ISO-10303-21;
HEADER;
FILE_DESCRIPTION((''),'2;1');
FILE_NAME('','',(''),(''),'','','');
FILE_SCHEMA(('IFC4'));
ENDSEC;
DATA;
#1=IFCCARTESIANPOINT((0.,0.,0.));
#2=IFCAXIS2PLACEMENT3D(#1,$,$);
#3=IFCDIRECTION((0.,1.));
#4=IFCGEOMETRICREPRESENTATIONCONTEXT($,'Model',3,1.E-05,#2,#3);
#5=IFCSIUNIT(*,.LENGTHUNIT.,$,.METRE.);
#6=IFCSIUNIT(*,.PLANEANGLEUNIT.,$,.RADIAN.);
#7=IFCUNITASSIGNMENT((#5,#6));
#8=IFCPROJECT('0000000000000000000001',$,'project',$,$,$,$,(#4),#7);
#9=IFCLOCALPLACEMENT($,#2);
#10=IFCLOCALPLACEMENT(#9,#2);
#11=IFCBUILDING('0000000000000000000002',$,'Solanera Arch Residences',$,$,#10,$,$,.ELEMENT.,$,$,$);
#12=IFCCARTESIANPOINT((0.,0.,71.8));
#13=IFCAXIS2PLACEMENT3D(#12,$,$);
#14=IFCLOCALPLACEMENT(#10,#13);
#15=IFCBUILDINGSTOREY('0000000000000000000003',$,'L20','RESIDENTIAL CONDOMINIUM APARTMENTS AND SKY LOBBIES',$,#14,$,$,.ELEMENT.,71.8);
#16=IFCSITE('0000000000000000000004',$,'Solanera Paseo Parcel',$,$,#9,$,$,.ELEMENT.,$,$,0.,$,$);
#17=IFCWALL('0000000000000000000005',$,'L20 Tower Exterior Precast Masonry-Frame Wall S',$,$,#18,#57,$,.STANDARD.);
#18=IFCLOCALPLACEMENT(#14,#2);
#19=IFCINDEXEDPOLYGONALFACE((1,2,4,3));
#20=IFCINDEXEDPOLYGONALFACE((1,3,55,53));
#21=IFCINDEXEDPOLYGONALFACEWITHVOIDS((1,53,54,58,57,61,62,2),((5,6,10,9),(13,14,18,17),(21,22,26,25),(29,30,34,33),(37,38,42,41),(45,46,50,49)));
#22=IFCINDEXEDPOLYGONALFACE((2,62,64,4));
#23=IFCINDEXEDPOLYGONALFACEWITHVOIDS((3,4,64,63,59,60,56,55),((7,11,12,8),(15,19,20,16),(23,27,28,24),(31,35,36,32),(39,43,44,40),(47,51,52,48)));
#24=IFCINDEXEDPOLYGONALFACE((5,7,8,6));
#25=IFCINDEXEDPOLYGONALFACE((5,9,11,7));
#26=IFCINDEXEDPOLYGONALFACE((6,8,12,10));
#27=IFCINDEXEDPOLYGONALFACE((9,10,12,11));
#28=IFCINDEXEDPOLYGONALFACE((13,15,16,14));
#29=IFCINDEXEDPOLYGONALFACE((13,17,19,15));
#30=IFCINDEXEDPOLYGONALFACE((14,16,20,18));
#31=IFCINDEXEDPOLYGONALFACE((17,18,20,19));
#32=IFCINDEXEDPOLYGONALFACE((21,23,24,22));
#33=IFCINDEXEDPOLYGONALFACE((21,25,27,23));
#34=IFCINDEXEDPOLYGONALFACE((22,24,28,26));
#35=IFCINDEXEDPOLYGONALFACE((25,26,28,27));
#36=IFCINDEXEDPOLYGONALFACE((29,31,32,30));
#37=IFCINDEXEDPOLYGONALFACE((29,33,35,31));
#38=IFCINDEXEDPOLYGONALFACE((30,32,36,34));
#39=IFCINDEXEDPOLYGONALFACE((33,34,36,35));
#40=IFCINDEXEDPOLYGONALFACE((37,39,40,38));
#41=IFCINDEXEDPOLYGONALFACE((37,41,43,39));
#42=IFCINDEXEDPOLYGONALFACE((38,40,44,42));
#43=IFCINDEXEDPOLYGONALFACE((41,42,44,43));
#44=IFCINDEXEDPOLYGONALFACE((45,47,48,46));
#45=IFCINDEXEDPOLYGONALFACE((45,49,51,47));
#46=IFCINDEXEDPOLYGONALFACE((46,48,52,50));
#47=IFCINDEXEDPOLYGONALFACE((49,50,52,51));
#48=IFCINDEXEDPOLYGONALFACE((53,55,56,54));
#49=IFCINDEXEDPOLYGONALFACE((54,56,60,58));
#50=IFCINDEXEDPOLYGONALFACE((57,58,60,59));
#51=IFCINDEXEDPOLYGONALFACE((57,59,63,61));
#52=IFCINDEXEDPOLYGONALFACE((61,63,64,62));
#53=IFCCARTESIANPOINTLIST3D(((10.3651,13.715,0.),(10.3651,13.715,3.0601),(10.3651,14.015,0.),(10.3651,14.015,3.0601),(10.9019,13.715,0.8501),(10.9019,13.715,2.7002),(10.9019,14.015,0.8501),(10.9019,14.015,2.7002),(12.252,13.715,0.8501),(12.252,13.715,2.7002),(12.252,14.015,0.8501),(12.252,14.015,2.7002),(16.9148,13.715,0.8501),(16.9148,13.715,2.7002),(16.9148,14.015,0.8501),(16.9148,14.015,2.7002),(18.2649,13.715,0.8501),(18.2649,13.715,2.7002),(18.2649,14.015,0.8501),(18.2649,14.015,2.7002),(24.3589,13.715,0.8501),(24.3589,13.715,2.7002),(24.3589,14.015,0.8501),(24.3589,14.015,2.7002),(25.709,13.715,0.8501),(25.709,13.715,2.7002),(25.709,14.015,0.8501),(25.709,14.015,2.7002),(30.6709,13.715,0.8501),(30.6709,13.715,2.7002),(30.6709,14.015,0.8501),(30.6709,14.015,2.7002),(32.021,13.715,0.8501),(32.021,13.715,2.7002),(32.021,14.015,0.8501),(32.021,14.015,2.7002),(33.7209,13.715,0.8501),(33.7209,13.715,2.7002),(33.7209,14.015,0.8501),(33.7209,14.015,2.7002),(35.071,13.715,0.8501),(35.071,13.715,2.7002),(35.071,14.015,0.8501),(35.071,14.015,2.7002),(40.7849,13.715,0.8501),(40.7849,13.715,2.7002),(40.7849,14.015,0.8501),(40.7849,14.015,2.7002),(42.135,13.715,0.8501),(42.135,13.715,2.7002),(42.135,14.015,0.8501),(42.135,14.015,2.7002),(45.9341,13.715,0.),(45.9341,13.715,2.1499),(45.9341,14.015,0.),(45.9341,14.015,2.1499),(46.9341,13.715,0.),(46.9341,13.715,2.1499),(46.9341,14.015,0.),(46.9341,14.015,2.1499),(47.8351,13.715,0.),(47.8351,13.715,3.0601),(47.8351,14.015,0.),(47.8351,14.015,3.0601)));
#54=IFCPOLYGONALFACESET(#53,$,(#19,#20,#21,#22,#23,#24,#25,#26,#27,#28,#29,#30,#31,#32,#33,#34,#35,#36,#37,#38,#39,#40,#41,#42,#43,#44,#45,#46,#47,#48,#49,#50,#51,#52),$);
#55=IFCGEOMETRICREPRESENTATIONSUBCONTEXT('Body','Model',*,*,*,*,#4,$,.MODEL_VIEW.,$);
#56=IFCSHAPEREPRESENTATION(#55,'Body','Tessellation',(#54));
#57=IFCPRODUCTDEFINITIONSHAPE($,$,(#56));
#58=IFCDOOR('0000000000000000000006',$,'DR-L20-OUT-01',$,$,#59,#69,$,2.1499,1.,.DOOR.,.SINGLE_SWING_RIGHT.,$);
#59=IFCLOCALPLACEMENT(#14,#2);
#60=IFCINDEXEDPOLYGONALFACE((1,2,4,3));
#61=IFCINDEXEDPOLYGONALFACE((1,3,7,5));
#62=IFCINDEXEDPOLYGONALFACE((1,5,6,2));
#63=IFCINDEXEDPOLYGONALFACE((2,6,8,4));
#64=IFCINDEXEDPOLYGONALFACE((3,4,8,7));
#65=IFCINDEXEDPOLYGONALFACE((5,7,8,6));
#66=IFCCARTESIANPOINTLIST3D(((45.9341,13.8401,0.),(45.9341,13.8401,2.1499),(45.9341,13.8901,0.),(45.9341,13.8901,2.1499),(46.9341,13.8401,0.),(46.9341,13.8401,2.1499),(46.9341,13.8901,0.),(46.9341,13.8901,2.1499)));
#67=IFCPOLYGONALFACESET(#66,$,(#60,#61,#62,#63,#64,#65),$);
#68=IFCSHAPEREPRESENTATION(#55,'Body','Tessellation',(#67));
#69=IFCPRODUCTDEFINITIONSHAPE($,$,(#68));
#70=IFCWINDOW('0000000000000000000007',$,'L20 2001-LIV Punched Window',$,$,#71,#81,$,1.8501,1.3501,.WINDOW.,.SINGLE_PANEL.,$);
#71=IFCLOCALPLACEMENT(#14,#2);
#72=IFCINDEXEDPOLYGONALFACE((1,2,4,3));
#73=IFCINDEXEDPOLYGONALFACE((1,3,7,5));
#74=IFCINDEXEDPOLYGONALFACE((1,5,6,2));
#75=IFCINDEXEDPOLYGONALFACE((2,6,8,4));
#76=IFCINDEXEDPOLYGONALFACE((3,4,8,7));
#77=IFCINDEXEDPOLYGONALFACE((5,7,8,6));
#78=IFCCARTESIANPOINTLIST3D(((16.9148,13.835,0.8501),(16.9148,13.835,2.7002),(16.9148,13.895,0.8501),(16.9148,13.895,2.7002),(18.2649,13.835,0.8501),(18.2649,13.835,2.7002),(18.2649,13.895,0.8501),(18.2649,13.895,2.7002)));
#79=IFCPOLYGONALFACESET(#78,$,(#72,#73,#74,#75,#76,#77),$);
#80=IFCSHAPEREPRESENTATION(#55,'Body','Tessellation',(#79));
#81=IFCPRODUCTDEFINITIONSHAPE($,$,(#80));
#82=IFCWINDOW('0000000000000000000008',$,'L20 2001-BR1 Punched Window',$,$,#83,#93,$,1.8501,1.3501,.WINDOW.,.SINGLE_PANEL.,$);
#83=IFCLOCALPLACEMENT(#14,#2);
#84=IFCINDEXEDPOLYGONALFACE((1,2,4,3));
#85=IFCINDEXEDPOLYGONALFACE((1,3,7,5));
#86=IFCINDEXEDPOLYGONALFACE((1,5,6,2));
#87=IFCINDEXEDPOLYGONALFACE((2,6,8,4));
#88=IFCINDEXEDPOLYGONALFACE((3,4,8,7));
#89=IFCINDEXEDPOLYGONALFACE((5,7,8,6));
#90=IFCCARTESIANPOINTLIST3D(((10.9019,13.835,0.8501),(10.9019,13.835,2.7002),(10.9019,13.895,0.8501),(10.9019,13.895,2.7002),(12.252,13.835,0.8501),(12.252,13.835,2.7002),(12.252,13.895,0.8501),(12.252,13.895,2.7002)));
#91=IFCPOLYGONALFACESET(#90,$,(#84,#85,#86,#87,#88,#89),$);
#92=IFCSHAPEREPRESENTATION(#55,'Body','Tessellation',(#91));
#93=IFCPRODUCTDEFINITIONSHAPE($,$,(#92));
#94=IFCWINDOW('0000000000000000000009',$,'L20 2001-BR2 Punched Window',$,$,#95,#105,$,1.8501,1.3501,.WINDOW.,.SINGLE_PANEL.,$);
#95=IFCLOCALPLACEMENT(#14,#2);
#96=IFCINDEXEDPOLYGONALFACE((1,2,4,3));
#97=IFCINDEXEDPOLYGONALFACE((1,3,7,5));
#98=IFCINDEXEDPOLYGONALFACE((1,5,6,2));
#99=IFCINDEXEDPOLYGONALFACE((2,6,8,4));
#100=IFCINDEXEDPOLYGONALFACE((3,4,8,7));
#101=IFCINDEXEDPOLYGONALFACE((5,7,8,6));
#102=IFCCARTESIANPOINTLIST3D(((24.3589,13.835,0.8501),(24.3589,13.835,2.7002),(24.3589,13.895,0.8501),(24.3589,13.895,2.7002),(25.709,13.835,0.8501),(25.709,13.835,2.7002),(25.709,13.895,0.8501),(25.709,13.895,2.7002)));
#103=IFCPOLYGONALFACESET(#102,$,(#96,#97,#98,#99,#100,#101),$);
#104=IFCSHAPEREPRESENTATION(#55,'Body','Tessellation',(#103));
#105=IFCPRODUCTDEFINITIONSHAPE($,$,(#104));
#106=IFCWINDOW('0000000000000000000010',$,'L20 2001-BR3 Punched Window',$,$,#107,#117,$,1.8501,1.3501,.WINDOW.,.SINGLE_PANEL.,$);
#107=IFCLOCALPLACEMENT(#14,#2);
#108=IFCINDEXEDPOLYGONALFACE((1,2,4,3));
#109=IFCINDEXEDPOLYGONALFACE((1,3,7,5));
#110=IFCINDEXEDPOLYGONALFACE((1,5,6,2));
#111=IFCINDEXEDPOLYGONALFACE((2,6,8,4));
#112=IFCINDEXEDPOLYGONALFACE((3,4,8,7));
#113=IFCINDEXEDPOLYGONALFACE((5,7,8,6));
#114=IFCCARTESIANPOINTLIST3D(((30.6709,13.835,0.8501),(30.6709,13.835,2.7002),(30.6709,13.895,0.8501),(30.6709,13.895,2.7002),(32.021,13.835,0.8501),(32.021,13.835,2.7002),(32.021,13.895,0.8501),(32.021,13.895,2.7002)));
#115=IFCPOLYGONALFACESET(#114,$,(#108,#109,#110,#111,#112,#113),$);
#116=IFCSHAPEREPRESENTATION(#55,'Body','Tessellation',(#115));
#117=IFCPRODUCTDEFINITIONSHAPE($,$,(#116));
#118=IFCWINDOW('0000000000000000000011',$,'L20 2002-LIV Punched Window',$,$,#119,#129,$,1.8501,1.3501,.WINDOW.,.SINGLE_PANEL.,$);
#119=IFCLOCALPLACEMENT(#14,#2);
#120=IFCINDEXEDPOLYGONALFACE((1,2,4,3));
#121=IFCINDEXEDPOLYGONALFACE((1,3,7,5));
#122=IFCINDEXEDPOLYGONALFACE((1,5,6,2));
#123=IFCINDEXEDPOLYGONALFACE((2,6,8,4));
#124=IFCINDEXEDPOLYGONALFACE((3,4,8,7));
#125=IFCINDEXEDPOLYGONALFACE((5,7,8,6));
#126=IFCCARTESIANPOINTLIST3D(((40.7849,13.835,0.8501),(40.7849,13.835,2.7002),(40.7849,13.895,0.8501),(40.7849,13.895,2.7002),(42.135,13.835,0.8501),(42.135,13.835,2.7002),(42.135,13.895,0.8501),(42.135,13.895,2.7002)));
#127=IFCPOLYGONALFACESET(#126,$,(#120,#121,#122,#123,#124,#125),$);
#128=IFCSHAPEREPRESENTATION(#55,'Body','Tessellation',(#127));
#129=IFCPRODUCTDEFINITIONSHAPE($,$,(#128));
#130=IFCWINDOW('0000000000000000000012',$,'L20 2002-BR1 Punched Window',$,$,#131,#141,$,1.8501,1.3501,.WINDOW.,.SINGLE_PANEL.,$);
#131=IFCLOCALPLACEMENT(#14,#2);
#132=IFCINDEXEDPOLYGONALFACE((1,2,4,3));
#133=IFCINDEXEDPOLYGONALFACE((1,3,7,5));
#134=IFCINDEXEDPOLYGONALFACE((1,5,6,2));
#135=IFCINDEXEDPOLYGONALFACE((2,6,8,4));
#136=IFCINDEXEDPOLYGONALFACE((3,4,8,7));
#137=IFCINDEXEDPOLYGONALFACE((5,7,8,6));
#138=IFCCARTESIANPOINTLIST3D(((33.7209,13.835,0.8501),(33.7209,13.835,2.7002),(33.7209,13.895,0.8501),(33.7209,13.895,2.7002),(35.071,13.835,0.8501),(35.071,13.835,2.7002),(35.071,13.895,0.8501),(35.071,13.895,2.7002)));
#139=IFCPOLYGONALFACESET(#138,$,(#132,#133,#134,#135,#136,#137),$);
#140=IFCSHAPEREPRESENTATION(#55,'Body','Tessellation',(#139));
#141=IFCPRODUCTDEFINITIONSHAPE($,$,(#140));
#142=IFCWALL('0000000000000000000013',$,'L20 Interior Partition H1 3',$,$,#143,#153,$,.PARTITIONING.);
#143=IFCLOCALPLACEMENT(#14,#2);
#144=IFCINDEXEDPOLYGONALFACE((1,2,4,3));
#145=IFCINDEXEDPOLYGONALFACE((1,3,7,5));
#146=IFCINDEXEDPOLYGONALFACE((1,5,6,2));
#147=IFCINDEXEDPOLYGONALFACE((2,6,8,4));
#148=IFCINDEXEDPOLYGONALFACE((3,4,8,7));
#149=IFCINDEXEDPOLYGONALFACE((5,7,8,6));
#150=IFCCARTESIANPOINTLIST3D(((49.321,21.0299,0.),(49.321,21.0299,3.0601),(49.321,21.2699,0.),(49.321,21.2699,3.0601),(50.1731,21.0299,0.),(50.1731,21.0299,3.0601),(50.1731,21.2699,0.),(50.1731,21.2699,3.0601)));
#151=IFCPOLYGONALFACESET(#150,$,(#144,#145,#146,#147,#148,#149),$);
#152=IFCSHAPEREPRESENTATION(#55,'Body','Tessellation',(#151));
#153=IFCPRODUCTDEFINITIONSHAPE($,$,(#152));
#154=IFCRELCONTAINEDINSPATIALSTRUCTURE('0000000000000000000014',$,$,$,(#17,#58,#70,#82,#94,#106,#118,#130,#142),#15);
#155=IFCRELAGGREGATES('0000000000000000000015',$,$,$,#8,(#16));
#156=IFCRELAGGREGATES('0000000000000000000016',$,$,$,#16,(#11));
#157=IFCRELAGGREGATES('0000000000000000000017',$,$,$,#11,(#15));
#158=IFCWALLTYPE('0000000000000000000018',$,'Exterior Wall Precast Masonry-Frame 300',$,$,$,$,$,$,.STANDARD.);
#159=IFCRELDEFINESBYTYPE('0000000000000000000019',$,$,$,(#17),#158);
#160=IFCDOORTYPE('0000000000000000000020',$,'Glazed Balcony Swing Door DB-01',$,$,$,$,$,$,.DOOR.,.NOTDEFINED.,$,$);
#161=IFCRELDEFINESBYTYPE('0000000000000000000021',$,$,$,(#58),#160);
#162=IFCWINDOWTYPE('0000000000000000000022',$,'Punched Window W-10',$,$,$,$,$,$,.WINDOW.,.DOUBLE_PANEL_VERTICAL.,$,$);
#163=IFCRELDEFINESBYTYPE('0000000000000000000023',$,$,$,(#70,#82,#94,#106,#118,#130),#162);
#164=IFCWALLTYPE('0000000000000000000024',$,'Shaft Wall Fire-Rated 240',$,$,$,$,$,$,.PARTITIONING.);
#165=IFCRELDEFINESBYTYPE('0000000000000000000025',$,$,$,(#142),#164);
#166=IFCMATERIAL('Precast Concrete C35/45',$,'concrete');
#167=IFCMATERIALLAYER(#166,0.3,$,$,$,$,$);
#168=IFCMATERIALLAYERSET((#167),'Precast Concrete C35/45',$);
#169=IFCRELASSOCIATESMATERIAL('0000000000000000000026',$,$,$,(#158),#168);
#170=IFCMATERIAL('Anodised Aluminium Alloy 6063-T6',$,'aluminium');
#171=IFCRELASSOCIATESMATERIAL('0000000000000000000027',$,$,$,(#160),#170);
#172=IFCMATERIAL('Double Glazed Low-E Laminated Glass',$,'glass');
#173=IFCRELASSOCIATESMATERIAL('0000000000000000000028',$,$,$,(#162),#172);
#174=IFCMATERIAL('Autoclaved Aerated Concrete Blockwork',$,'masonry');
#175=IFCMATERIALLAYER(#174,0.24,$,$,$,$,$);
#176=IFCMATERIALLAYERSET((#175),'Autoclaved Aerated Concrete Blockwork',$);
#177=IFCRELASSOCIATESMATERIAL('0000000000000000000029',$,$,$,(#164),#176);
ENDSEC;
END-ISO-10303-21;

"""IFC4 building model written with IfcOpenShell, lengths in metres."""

from ifc_helpers import new_model, si_unit, direction, frame, frame_2d, origin, place, context, subcontext, project, spatial, rectangle, extrude, material, layer, layer_set, type_object, element, fill, save


model = new_model("IFC4")

# Units and contexts
model_context = context("Model", 3, precision=1e-05, world=origin(), true_north=direction((0.0, 1.0)))
body_context = subcontext(model_context, "Body", "Model", "MODEL_VIEW")
ifc_project = project(units=[si_unit("LENGTHUNIT", "METRE"), si_unit("PLANEANGLEUNIT", "RADIAN")], contexts=[model_context])

# Site, building, storey
site_placement = place(None, origin())
site = spatial("IfcSite", under=ifc_project, at=site_placement, Name="Solanera Paseo Parcel", CompositionType="ELEMENT", RefElevation=0.0)
building_placement = place(site_placement, origin())
building = spatial("IfcBuilding", under=site, at=building_placement, Name="Solanera Arch Residences", CompositionType="ELEMENT")
storey_placement = place(building_placement, frame((0.0, 0.0, 71.8)))
storey = spatial("IfcBuildingStorey", under=building, at=storey_placement, Name="L20", Description="RESIDENTIAL CONDOMINIUM APARTMENTS AND SKY LOBBIES", CompositionType="ELEMENT", Elevation=71.8)

# Shared definitions
ifc_material_1 = material(Name="Precast Concrete C35/45", Category="concrete")
ifc_layer_1 = layer(ifc_material_1, 0.3)
ifc_layer_set_1 = layer_set([ifc_layer_1], Name="Precast Concrete C35/45")
wall_type_1 = type_object("IfcWallType", Name="Exterior Wall Precast Masonry-Frame 300", PredefinedType="STANDARD", material=ifc_layer_set_1)

# Wall, openings, door, windows
wall_1_placement = place(storey_placement, frame((47.835, 13.865, 0.0), z_axis=(0.0, 0.0, 1.0), x_axis=(-1.0, 0.0, 0.0)))
wall_1 = element("IfcWall", 1, at=wall_1_placement, inside=storey, type_object=wall_type_1, Name="L20 Tower Exterior Precast Masonry-Frame Wall S", PredefinedType="STANDARD", context=body_context, shape_type="SweptSolid", body=[
    extrude(rectangle(XDim=37.47, YDim=0.3, at=frame_2d((18.7349, 0.0))), origin(), (0.0, 0.0, 1.0), 3.0601),
])
opening_1_placement = place(wall_1_placement, frame((0.9009, 0.0, 0.0)))
opening_1 = element("IfcOpeningElement", 2, at=opening_1_placement, cuts=wall_1, PredefinedType="OPENING", context=body_context, shape_type="SweptSolid", body=[
    extrude(rectangle(XDim=1.0, YDim=2.1499, at=frame_2d((0.5, 1.075))), frame((0.0, 0.1599, 0.0), z_axis=(0.0, -1.0, 0.0), x_axis=(1.0, 0.0, 0.0)), (0.0, 0.0, 1.0), 0.32),
])
opening_2_placement = place(wall_1_placement, frame((29.5701, 0.0, 0.8501)))
opening_2 = element("IfcOpeningElement", 3, at=opening_2_placement, cuts=wall_1, PredefinedType="OPENING", context=body_context, shape_type="SweptSolid", body=[
    extrude(rectangle(XDim=1.3501, YDim=1.8501, at=frame_2d((0.675, 0.925))), frame((0.0, 0.1599, 0.0), z_axis=(0.0, -1.0, 0.0), x_axis=(1.0, 0.0, 0.0)), (0.0, 0.0, 1.0), 0.32),
])
opening_3_placement = place(wall_1_placement, frame((35.583, 0.0, 0.8501)))
opening_3 = element("IfcOpeningElement", 4, at=opening_3_placement, cuts=wall_1, PredefinedType="OPENING", context=body_context, shape_type="SweptSolid", body=[
    extrude(rectangle(XDim=1.3501, YDim=1.8501, at=frame_2d((0.675, 0.925))), frame((0.0, 0.1599, 0.0), z_axis=(0.0, -1.0, 0.0), x_axis=(1.0, 0.0, 0.0)), (0.0, 0.0, 1.0), 0.32),
])
opening_4_placement = place(wall_1_placement, frame((22.126, 0.0, 0.8501)))
opening_4 = element("IfcOpeningElement", 5, at=opening_4_placement, cuts=wall_1, PredefinedType="OPENING", context=body_context, shape_type="SweptSolid", body=[
    extrude(rectangle(XDim=1.3501, YDim=1.8501, at=frame_2d((0.675, 0.925))), frame((0.0, 0.1599, 0.0), z_axis=(0.0, -1.0, 0.0), x_axis=(1.0, 0.0, 0.0)), (0.0, 0.0, 1.0), 0.32),
])
opening_5_placement = place(wall_1_placement, frame((15.814, 0.0, 0.8501)))
opening_5 = element("IfcOpeningElement", 6, at=opening_5_placement, cuts=wall_1, PredefinedType="OPENING", context=body_context, shape_type="SweptSolid", body=[
    extrude(rectangle(XDim=1.3501, YDim=1.8501, at=frame_2d((0.675, 0.925))), frame((0.0, 0.1599, 0.0), z_axis=(0.0, -1.0, 0.0), x_axis=(1.0, 0.0, 0.0)), (0.0, 0.0, 1.0), 0.32),
])
opening_6_placement = place(wall_1_placement, frame((5.7, 0.0, 0.8501)))
opening_6 = element("IfcOpeningElement", 7, at=opening_6_placement, cuts=wall_1, PredefinedType="OPENING", context=body_context, shape_type="SweptSolid", body=[
    extrude(rectangle(XDim=1.3501, YDim=1.8501, at=frame_2d((0.675, 0.925))), frame((0.0, 0.1599, 0.0), z_axis=(0.0, -1.0, 0.0), x_axis=(1.0, 0.0, 0.0)), (0.0, 0.0, 1.0), 0.32),
])
opening_7_placement = place(wall_1_placement, frame((12.7639, 0.0, 0.8501)))
opening_7 = element("IfcOpeningElement", 8, at=opening_7_placement, cuts=wall_1, PredefinedType="OPENING", context=body_context, shape_type="SweptSolid", body=[
    extrude(rectangle(XDim=1.3501, YDim=1.8501, at=frame_2d((0.675, 0.925))), frame((0.0, 0.1599, 0.0), z_axis=(0.0, -1.0, 0.0), x_axis=(1.0, 0.0, 0.0)), (0.0, 0.0, 1.0), 0.32),
])
ifc_material_2 = material(Name="Anodised Aluminium Alloy 6063-T6", Category="aluminium")
door_type_1 = type_object("IfcDoorType", Name="Glazed Balcony Swing Door DB-01", OperationType="NOTDEFINED", PredefinedType="DOOR", material=ifc_material_2)
door_1_placement = place(opening_1_placement, origin())
door_1 = element("IfcDoor", 9, at=door_1_placement, inside=storey, type_object=door_type_1, Name="DR-L20-OUT-01", OperationType="SINGLE_SWING_RIGHT", OverallHeight=2.1499, OverallWidth=1.0, PredefinedType="DOOR", context=body_context, shape_type="SweptSolid", body=[
    extrude(rectangle(XDim=1.0, YDim=2.1499, at=frame_2d((0.5, 1.075))), frame((0.0, 0.0249, 0.0), z_axis=(0.0, -1.0, 0.0), x_axis=(1.0, 0.0, 0.0)), (0.0, 0.0, 1.0), 0.05),
])
fill(opening_1, door_1)
ifc_material_3 = material(Name="Double Glazed Low-E Laminated Glass", Category="glass")
window_type_1 = type_object("IfcWindowType", Name="Punched Window W-10", PartitioningType="DOUBLE_PANEL_VERTICAL", PredefinedType="WINDOW", material=ifc_material_3)
window_1_placement = place(opening_2_placement, origin())
window_1 = element("IfcWindow", 10, at=window_1_placement, inside=storey, type_object=window_type_1, Name="L20 2001-LIV Punched Window", OverallHeight=1.8501, OverallWidth=1.3501, PartitioningType="SINGLE_PANEL", PredefinedType="WINDOW", context=body_context, shape_type="SweptSolid", body=[
    extrude(rectangle(XDim=1.3501, YDim=1.8501, at=frame_2d((0.675, 0.925))), frame((0.0, 0.03, 0.0), z_axis=(0.0, -1.0, 0.0), x_axis=(1.0, 0.0, 0.0)), (0.0, 0.0, 1.0), 0.0601),
])
fill(opening_2, window_1)
window_2_placement = place(opening_3_placement, origin())
window_2 = element("IfcWindow", 11, at=window_2_placement, inside=storey, type_object=window_type_1, Name="L20 2001-BR1 Punched Window", OverallHeight=1.8501, OverallWidth=1.3501, PartitioningType="SINGLE_PANEL", PredefinedType="WINDOW", context=body_context, shape_type="SweptSolid", body=[
    extrude(rectangle(XDim=1.3501, YDim=1.8501, at=frame_2d((0.675, 0.925))), frame((0.0, 0.03, 0.0), z_axis=(0.0, -1.0, 0.0), x_axis=(1.0, 0.0, 0.0)), (0.0, 0.0, 1.0), 0.0601),
])
fill(opening_3, window_2)
window_3_placement = place(opening_4_placement, origin())
window_3 = element("IfcWindow", 12, at=window_3_placement, inside=storey, type_object=window_type_1, Name="L20 2001-BR2 Punched Window", OverallHeight=1.8501, OverallWidth=1.3501, PartitioningType="SINGLE_PANEL", PredefinedType="WINDOW", context=body_context, shape_type="SweptSolid", body=[
    extrude(rectangle(XDim=1.3501, YDim=1.8501, at=frame_2d((0.675, 0.925))), frame((0.0, 0.03, 0.0), z_axis=(0.0, -1.0, 0.0), x_axis=(1.0, 0.0, 0.0)), (0.0, 0.0, 1.0), 0.0601),
])
fill(opening_4, window_3)
window_4_placement = place(opening_5_placement, origin())
window_4 = element("IfcWindow", 13, at=window_4_placement, inside=storey, type_object=window_type_1, Name="L20 2001-BR3 Punched Window", OverallHeight=1.8501, OverallWidth=1.3501, PartitioningType="SINGLE_PANEL", PredefinedType="WINDOW", context=body_context, shape_type="SweptSolid", body=[
    extrude(rectangle(XDim=1.3501, YDim=1.8501, at=frame_2d((0.675, 0.925))), frame((0.0, 0.03, 0.0), z_axis=(0.0, -1.0, 0.0), x_axis=(1.0, 0.0, 0.0)), (0.0, 0.0, 1.0), 0.0601),
])
fill(opening_5, window_4)
window_5_placement = place(opening_6_placement, origin())
window_5 = element("IfcWindow", 14, at=window_5_placement, inside=storey, type_object=window_type_1, Name="L20 2002-LIV Punched Window", OverallHeight=1.8501, OverallWidth=1.3501, PartitioningType="SINGLE_PANEL", PredefinedType="WINDOW", context=body_context, shape_type="SweptSolid", body=[
    extrude(rectangle(XDim=1.3501, YDim=1.8501, at=frame_2d((0.675, 0.925))), frame((0.0, 0.03, 0.0), z_axis=(0.0, -1.0, 0.0), x_axis=(1.0, 0.0, 0.0)), (0.0, 0.0, 1.0), 0.0601),
])
fill(opening_6, window_5)
window_6_placement = place(opening_7_placement, origin())
window_6 = element("IfcWindow", 15, at=window_6_placement, inside=storey, type_object=window_type_1, Name="L20 2002-BR1 Punched Window", OverallHeight=1.8501, OverallWidth=1.3501, PartitioningType="SINGLE_PANEL", PredefinedType="WINDOW", context=body_context, shape_type="SweptSolid", body=[
    extrude(rectangle(XDim=1.3501, YDim=1.8501, at=frame_2d((0.675, 0.925))), frame((0.0, 0.03, 0.0), z_axis=(0.0, -1.0, 0.0), x_axis=(1.0, 0.0, 0.0)), (0.0, 0.0, 1.0), 0.0601),
])
fill(opening_7, window_6)

# Wall
ifc_material_4 = material(Name="Autoclaved Aerated Concrete Blockwork", Category="masonry")
ifc_layer_2 = layer(ifc_material_4, 0.24)
ifc_layer_set_2 = layer_set([ifc_layer_2], Name="Autoclaved Aerated Concrete Blockwork")
wall_type_2 = type_object("IfcWallType", Name="Shaft Wall Fire-Rated 240", PredefinedType="PARTITIONING", material=ifc_layer_set_2)
wall_2_placement = place(storey_placement, frame((49.321, 21.1499, 0.0), z_axis=(0.0, 0.0, 1.0), x_axis=(1.0, 0.0, 0.0)))
element("IfcWall", 16, at=wall_2_placement, inside=storey, type_object=wall_type_2, Name="L20 Interior Partition H1 3", PredefinedType="PARTITIONING", context=body_context, shape_type="SweptSolid", body=[
    extrude(rectangle(XDim=0.8521, YDim=0.24, at=frame_2d((0.426, 0.0))), origin(), (0.0, 0.0, 1.0), 3.0601),
])

save(model, "model.ifc")
